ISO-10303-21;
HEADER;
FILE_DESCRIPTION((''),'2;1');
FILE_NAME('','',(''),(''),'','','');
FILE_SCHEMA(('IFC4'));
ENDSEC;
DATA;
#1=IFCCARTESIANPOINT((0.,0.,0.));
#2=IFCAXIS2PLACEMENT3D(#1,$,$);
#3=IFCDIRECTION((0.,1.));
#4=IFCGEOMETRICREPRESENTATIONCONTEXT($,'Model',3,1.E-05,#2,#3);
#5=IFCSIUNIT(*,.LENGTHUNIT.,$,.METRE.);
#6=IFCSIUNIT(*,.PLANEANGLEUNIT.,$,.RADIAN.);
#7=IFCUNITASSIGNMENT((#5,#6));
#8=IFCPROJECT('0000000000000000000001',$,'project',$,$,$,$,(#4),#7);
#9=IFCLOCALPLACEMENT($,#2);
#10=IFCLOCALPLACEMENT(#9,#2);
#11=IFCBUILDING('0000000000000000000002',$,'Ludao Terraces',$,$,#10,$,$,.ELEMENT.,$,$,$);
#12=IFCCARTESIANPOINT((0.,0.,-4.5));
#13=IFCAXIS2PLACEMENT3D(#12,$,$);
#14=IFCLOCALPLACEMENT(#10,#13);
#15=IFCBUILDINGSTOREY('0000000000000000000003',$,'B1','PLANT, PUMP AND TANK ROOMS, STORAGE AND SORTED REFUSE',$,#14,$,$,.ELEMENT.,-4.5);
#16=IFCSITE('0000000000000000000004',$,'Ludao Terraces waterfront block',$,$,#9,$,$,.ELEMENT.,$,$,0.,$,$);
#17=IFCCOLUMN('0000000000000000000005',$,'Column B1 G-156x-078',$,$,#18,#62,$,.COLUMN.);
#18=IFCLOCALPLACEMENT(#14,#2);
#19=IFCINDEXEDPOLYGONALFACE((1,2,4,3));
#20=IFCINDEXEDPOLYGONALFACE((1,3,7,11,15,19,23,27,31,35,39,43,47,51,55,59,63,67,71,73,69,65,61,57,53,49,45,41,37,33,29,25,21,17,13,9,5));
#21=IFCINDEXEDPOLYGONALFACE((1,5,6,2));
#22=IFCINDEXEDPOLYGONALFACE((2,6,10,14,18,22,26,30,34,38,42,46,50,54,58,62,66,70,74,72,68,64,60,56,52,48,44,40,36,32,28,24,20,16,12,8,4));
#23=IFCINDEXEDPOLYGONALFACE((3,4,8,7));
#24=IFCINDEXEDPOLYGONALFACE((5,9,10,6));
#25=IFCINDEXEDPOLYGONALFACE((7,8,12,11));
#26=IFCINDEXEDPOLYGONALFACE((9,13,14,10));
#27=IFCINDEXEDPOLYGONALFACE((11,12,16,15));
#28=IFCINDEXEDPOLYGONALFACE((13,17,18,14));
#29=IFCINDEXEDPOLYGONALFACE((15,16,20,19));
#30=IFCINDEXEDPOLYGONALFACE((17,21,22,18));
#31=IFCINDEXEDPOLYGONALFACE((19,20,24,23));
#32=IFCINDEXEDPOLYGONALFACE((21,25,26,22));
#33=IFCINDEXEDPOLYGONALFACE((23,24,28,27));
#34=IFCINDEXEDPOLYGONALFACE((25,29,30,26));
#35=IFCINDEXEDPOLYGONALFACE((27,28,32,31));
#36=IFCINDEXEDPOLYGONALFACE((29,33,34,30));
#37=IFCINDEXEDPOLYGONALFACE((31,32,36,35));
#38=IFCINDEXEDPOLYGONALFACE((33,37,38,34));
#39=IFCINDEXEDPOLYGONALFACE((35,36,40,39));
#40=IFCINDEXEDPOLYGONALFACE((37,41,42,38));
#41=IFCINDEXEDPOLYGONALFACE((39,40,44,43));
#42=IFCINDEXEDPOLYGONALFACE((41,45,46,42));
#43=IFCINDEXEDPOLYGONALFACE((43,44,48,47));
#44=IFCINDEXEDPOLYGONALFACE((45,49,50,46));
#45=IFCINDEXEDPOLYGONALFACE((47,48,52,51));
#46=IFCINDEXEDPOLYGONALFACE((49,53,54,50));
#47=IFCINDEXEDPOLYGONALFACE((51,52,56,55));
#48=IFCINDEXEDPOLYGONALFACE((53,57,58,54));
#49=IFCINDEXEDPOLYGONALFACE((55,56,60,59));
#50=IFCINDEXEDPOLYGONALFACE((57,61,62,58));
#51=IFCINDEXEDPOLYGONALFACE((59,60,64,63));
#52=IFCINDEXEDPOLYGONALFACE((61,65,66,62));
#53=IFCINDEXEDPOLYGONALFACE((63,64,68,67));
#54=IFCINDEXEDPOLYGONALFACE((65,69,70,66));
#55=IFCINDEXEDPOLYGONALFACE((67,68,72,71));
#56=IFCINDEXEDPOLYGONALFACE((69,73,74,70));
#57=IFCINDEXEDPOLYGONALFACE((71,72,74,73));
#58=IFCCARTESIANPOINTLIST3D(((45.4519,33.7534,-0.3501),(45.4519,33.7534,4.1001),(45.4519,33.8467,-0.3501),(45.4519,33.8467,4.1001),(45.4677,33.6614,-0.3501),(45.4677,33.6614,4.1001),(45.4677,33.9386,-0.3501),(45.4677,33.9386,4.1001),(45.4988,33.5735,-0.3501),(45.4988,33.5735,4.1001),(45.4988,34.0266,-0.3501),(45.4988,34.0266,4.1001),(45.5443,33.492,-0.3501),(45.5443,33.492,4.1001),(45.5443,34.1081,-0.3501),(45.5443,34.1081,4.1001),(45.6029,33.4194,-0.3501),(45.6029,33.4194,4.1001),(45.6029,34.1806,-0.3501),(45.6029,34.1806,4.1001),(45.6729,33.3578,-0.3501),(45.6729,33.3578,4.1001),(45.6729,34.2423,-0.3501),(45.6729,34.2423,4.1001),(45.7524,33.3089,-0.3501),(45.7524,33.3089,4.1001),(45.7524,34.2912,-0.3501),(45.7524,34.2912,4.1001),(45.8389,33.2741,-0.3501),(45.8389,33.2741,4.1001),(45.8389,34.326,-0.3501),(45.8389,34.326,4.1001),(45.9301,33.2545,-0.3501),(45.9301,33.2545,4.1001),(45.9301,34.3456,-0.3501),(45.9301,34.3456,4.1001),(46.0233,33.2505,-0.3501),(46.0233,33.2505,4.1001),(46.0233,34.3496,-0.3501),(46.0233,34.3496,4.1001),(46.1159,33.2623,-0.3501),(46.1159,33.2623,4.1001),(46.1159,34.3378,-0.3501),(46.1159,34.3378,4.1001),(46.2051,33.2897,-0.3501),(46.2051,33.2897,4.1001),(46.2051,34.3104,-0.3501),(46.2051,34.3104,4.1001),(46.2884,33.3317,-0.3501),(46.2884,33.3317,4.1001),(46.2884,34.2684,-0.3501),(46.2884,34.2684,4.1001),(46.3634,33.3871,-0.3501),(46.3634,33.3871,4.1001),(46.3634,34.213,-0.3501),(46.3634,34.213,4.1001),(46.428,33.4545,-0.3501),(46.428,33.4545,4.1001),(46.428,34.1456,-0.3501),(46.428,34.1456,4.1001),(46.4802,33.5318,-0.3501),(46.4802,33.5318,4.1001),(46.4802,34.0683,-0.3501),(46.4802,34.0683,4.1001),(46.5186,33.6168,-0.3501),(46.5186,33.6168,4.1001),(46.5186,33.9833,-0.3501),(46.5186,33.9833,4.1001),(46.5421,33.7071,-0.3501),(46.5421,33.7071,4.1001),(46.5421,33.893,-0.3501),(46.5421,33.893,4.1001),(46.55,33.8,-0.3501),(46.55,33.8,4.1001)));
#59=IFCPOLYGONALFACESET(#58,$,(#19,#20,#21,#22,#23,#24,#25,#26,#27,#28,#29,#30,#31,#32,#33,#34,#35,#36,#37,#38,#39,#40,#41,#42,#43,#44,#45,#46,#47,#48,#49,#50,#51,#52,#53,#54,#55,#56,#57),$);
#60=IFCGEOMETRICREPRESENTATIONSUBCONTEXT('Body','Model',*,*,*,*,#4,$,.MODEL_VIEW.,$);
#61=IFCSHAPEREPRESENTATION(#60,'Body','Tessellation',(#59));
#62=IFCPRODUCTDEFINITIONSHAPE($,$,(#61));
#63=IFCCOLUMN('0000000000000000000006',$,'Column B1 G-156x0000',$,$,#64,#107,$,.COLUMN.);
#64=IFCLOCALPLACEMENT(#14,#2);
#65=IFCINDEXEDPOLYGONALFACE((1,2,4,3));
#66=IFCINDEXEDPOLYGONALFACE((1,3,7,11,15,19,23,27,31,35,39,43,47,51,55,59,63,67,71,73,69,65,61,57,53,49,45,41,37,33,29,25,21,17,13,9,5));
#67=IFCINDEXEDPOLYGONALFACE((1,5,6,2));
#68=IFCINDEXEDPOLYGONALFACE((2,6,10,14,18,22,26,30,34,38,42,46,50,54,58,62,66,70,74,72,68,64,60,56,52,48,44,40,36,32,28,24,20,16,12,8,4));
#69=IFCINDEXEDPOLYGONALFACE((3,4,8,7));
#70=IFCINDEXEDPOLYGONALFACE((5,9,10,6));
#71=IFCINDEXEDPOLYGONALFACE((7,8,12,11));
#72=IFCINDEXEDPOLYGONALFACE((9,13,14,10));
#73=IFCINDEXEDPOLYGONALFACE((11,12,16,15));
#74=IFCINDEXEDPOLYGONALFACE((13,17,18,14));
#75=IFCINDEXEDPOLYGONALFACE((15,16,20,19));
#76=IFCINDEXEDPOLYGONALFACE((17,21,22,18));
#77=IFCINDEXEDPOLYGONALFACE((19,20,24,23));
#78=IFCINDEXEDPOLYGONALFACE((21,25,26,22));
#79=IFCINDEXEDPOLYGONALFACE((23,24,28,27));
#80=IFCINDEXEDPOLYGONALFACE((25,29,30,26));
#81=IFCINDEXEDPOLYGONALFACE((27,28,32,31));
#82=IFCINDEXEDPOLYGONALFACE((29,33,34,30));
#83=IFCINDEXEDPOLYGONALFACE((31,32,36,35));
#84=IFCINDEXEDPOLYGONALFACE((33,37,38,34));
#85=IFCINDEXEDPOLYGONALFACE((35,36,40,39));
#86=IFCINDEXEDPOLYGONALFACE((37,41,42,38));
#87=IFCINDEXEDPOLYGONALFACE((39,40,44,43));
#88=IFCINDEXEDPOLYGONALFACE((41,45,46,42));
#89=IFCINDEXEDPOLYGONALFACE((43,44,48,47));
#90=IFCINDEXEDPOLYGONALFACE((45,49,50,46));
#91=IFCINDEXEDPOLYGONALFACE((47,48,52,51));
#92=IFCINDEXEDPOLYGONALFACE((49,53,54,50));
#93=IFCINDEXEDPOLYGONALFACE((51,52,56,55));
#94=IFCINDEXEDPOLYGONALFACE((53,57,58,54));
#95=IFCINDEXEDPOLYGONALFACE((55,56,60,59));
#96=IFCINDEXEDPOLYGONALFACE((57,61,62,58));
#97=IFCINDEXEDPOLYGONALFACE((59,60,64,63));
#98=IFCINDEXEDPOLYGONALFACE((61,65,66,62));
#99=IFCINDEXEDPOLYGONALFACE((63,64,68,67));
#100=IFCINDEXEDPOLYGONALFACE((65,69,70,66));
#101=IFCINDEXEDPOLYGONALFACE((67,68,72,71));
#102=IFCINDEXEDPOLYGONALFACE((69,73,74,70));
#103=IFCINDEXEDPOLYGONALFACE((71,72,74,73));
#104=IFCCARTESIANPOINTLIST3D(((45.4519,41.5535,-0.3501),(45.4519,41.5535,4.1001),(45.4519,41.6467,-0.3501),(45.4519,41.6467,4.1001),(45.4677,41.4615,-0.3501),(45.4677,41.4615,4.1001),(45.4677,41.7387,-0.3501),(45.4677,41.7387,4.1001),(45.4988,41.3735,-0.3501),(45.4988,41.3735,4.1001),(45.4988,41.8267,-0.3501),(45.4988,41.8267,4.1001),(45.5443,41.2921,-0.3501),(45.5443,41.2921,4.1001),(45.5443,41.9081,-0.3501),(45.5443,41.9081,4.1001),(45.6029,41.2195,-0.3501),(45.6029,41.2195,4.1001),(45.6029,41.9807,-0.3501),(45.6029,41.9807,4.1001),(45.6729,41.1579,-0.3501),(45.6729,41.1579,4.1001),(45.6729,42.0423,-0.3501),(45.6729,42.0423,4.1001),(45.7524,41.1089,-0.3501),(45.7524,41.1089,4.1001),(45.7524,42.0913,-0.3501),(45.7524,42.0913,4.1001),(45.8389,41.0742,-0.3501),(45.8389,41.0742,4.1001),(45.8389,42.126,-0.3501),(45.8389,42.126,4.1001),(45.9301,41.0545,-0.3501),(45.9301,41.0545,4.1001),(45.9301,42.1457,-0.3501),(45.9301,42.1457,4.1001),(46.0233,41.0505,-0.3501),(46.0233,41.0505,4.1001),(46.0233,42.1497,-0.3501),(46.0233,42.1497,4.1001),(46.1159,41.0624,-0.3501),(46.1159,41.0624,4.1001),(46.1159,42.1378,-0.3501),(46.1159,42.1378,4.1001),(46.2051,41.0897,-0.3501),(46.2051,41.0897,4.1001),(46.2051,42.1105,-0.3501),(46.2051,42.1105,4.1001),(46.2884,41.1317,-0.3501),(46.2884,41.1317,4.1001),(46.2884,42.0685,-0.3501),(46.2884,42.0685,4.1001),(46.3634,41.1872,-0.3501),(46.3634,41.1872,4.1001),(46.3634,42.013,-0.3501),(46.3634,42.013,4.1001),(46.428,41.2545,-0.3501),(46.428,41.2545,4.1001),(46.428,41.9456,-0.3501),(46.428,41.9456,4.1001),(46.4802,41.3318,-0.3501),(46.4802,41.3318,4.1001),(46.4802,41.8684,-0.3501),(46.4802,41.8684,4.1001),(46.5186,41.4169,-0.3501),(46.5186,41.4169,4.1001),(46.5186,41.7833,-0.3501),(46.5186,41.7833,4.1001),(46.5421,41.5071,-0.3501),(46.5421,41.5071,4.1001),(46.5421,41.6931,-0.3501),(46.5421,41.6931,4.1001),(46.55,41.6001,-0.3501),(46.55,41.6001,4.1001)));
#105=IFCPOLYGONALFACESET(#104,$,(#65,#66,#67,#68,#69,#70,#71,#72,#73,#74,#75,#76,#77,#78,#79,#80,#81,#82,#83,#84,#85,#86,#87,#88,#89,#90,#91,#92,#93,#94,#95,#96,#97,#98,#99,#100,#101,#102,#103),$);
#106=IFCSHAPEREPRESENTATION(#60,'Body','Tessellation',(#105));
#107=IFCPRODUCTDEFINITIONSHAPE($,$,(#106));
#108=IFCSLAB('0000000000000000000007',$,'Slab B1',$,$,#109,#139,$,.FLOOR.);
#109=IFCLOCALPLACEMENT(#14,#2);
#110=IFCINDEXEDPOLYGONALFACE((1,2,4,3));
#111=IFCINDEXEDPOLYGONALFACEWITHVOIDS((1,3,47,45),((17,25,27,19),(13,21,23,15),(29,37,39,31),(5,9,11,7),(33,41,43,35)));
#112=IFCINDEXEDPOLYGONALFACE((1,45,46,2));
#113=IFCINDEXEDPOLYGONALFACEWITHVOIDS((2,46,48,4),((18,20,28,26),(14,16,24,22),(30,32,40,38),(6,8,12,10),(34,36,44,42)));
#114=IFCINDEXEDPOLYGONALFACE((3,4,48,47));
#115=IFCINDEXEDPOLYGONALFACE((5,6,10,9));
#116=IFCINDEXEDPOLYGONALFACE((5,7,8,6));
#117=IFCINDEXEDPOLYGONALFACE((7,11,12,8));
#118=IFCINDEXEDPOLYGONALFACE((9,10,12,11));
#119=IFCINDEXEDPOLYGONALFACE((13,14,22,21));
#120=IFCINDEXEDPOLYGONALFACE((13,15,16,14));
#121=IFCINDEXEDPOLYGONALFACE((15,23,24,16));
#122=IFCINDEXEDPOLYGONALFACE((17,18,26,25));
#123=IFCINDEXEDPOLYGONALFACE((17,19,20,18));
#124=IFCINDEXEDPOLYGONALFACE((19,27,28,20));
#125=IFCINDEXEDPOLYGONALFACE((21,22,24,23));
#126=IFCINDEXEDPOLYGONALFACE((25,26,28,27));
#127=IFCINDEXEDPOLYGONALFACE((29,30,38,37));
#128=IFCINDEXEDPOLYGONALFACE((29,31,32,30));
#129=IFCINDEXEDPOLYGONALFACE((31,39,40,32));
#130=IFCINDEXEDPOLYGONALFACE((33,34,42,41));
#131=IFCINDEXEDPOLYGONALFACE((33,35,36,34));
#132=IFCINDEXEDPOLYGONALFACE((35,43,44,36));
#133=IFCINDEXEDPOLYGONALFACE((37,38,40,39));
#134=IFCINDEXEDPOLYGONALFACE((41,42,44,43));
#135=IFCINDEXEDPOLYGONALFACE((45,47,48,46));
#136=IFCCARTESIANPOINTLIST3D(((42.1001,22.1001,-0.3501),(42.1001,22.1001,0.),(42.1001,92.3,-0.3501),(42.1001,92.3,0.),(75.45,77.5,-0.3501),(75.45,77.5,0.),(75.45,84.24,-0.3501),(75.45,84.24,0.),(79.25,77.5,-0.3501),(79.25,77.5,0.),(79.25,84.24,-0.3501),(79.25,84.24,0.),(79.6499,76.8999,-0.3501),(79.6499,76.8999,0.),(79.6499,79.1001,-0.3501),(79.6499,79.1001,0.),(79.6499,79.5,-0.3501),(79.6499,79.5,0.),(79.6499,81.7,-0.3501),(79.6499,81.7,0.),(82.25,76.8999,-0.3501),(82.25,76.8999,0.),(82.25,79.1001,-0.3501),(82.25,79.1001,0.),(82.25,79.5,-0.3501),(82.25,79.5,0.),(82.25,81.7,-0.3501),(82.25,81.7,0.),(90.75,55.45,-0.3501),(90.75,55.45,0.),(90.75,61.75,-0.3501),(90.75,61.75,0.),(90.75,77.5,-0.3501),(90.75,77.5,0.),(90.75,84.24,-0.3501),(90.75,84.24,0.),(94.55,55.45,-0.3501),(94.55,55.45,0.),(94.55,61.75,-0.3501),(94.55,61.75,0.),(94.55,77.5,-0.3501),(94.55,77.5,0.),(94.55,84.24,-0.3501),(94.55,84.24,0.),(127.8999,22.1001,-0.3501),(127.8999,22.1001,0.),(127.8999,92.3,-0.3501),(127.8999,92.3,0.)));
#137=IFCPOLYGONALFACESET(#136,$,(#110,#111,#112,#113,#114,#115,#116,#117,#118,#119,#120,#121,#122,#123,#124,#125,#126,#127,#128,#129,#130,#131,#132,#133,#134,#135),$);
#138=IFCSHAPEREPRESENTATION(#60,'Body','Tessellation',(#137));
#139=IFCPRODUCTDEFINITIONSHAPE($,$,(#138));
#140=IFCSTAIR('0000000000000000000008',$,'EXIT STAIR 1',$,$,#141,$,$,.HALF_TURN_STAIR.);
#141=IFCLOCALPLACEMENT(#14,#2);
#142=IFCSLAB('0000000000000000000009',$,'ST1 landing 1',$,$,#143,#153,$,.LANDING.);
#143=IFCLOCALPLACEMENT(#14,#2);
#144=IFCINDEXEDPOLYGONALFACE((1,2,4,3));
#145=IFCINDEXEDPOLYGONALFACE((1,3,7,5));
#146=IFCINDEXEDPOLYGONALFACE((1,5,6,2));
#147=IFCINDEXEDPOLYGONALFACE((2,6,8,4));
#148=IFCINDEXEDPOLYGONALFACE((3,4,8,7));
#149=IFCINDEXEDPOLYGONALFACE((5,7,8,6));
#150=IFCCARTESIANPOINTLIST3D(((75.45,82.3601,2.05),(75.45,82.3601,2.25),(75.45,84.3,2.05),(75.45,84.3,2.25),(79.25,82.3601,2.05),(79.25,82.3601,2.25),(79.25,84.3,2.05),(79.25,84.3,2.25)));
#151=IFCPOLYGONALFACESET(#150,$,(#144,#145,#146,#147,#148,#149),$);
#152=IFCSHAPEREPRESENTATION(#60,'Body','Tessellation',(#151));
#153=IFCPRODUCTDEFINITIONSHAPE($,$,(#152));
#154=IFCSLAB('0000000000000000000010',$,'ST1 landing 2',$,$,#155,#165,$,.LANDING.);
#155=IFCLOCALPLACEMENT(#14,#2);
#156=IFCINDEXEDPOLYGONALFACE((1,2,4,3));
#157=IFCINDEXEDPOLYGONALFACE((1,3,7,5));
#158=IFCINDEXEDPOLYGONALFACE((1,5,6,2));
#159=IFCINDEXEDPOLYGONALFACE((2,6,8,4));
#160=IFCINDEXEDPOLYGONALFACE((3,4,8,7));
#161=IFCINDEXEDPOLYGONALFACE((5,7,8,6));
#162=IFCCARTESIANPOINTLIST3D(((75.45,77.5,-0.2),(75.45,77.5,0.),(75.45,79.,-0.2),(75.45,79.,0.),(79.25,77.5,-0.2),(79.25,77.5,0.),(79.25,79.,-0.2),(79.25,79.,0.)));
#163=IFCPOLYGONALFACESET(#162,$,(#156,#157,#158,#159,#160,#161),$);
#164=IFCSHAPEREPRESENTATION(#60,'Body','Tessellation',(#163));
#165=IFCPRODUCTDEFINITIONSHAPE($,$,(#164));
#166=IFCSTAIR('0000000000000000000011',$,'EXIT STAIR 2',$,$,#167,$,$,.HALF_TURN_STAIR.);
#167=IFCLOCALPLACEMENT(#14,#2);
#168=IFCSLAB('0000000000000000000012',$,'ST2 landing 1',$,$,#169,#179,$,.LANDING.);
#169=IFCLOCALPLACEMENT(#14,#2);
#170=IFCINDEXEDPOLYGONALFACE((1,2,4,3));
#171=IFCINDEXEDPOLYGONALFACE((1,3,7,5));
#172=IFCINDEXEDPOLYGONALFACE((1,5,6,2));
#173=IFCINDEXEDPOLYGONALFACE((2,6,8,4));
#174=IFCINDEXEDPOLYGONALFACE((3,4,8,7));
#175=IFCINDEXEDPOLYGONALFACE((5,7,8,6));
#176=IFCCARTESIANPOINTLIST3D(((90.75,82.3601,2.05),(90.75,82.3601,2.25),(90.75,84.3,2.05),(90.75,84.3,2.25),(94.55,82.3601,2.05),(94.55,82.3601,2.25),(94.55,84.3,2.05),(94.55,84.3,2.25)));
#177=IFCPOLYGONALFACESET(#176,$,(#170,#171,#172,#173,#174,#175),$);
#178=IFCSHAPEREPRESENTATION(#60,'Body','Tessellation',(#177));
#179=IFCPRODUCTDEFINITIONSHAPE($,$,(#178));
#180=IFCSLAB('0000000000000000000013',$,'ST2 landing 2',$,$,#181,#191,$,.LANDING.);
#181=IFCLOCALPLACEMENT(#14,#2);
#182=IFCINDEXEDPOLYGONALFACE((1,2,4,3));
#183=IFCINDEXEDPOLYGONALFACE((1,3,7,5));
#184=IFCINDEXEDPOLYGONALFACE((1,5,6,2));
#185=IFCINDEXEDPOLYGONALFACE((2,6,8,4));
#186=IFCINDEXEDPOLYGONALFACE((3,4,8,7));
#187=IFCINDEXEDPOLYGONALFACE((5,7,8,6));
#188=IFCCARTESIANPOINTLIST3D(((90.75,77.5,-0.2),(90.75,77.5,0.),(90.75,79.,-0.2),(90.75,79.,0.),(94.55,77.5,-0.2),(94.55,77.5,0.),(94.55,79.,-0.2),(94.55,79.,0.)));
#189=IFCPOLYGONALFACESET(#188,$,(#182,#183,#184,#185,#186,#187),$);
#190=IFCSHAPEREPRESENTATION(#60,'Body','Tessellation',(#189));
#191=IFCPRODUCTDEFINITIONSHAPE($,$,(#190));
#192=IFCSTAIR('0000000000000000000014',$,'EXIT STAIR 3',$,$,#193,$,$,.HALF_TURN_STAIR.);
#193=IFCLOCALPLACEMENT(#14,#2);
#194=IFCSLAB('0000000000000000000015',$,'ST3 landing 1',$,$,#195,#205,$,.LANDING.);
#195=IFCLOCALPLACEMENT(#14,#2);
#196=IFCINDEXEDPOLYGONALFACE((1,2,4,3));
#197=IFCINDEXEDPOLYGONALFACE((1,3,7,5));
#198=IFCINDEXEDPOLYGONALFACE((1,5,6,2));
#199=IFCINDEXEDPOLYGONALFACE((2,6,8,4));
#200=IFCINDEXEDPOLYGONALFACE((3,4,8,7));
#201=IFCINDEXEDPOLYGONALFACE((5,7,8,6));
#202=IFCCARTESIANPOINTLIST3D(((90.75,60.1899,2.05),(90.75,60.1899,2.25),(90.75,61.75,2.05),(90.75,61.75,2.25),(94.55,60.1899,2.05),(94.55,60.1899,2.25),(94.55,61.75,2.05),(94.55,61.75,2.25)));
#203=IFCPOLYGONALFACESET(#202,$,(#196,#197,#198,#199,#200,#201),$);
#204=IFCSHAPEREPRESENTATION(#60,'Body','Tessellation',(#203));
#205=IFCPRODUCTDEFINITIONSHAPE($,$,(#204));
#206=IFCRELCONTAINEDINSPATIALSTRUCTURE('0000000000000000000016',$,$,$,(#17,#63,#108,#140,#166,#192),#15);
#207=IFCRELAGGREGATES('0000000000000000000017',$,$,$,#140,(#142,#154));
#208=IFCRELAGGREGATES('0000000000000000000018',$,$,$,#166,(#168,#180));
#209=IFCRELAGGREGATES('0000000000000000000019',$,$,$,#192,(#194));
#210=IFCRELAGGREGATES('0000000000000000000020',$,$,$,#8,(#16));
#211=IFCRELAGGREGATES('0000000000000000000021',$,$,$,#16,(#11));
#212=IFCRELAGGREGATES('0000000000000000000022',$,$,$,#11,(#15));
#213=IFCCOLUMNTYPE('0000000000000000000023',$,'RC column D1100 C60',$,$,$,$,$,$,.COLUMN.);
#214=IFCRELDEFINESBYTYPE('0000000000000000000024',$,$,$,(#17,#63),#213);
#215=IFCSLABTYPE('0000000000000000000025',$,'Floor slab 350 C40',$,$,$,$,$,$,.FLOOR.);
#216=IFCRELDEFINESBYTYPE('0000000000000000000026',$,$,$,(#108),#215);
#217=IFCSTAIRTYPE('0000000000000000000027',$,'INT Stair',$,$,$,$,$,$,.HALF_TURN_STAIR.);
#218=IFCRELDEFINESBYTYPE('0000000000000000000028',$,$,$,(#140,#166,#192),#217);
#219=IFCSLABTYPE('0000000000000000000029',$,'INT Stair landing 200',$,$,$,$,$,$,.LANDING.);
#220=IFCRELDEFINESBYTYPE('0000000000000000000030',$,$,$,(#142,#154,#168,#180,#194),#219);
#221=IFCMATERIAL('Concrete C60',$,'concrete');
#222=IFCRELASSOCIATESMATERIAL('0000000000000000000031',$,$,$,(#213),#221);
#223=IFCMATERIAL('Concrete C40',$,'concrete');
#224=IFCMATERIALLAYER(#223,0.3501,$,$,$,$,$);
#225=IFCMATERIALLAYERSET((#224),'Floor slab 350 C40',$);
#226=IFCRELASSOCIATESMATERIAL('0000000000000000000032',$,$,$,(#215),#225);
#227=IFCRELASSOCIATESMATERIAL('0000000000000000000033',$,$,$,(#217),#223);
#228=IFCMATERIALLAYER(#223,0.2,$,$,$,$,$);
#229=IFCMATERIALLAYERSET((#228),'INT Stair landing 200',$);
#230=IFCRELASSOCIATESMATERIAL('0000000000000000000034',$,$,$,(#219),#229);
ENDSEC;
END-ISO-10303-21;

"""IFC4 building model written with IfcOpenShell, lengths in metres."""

from ifc_helpers import new_model, si_unit, direction, frame, origin, origin_2d, place, context, subcontext, project, spatial, polyline, circle, outline, extrude, material, layer, layer_set, material_profile, profile_set, type_object, element, aggregate, save


model = new_model("IFC4")

# Units and contexts
model_context = context("Model", 3, precision=1e-05, world=origin(), true_north=direction((0.0, 1.0)))
body_context = subcontext(model_context, "Body", "Model", "MODEL_VIEW")
ifc_project = project(units=[si_unit("LENGTHUNIT", "METRE"), si_unit("PLANEANGLEUNIT", "RADIAN")], contexts=[model_context])

# Site, building, storey
site_placement = place(None, origin())
site = spatial("IfcSite", under=ifc_project, at=site_placement, Name="Ludao Terraces waterfront block", CompositionType="ELEMENT", RefElevation=0.0)
building_placement = place(site_placement, origin())
building = spatial("IfcBuilding", under=site, at=building_placement, Name="Ludao Terraces", CompositionType="ELEMENT")
storey_placement = place(building_placement, frame((0.0, 0.0, -4.5)))
storey = spatial("IfcBuildingStorey", under=building, at=storey_placement, Name="B1", Description="PLANT, PUMP AND TANK ROOMS, STORAGE AND SORTED REFUSE", CompositionType="ELEMENT", Elevation=-4.5)

# Columns
ifc_material_1 = material(Name="Concrete C60", Category="concrete")
ifc_material_profile = material_profile(ifc_material_1, circle(Radius=0.55, at=origin_2d()), Name="D1100")
ifc_profile_set = profile_set([ifc_material_profile], Name="Concrete C60")
column_type = type_object("IfcColumnType", Name="RC column D1100 C60", PredefinedType="COLUMN", material=ifc_profile_set)
for number, where, z_axis, x_axis, name in (
    (1, (46.0, 33.8, -0.3501), (0.0, 0.0, 1.0), (1.0, 0.0, 0.0), "Column B1 G-156x-078"),
    (2, (46.0, 41.6001, -0.3501), (0.0, 0.0, 1.0), (1.0, 0.0, 0.0), "Column B1 G-156x0000"),
):
    element("IfcColumn", number, at=place(storey_placement, frame(where, z_axis=z_axis, x_axis=x_axis)), inside=storey, type_object=column_type, Name=name, PredefinedType="COLUMN", context=body_context, shape_type="SweptSolid", body=[
        extrude(circle(Radius=0.55, at=origin_2d()), origin(), (0.0, 0.0, 1.0), 4.4502),
    ])

# Slab
ifc_material_2 = material(Name="Concrete C40", Category="concrete")
ifc_layer_1 = layer(ifc_material_2, 0.3501)
ifc_layer_set_1 = layer_set([ifc_layer_1], Name="Floor slab 350 C40")
slab_type_1 = type_object("IfcSlabType", Name="Floor slab 350 C40", PredefinedType="FLOOR", material=ifc_layer_set_1)
slab_1_placement = place(storey_placement, frame((0.0, 0.0, -0.3501)))
element("IfcSlab", 3, at=slab_1_placement, inside=storey, type_object=slab_type_1, Name="Slab B1", PredefinedType="FLOOR", context=body_context, shape_type="SweptSolid", body=[
    extrude(outline(polyline([(42.1001, 22.1001), (127.8999, 22.1001), (127.8999, 92.3), (42.1001, 92.3), (42.1001, 22.1001)]), holes=[polyline([(79.6499, 76.8999), (82.25, 76.8999), (82.25, 79.1001), (79.6499, 79.1001), (79.6499, 76.8999)]), polyline([(79.6499, 79.5), (82.25, 79.5), (82.25, 81.7), (79.6499, 81.7), (79.6499, 79.5)]), polyline([(75.45, 77.5), (79.25, 77.5), (79.25, 84.24), (75.45, 84.24), (75.45, 77.5)]), polyline([(90.75, 77.5), (94.55, 77.5), (94.55, 84.24), (90.75, 84.24), (90.75, 77.5)]), polyline([(90.75, 55.45), (94.55, 55.45), (94.55, 61.75), (90.75, 61.75), (90.75, 55.45)])]), origin(), (0.0, 0.0, 1.0), 0.3501),
])

# Stairs, slabs
stair_type = type_object("IfcStairType", Name="INT Stair", PredefinedType="HALF_TURN_STAIR", material=ifc_material_2)
stair_1_placement = place(storey_placement, origin())
stair_1 = element("IfcStair", 4, at=stair_1_placement, inside=storey, type_object=stair_type, Name="EXIT STAIR 1", PredefinedType="HALF_TURN_STAIR")
ifc_layer_2 = layer(ifc_material_2, 0.2)
ifc_layer_set_2 = layer_set([ifc_layer_2], Name="INT Stair landing 200")
slab_type_2 = type_object("IfcSlabType", Name="INT Stair landing 200", PredefinedType="LANDING", material=ifc_layer_set_2)
slab_2_placement = place(storey_placement, frame((0.0, 0.0, 2.05)))
slab_2 = element("IfcSlab", 5, at=slab_2_placement, type_object=slab_type_2, Name="ST1 landing 1", PredefinedType="LANDING", context=body_context, shape_type="SweptSolid", body=[
    extrude(outline(polyline([(75.45, 82.3601), (79.25, 82.3601), (79.25, 84.3), (75.45, 84.3), (75.45, 82.3601)])), origin(), (0.0, 0.0, 1.0), 0.2),
])
slab_3_placement = place(storey_placement, frame((0.0, 0.0, -0.2)))
slab_3 = element("IfcSlab", 6, at=slab_3_placement, type_object=slab_type_2, Name="ST1 landing 2", PredefinedType="LANDING", context=body_context, shape_type="SweptSolid", body=[
    extrude(outline(polyline([(75.45, 77.5), (79.25, 77.5), (79.25, 79.0), (75.45, 79.0), (75.45, 77.5)])), origin(), (0.0, 0.0, 1.0), 0.2),
])
aggregate(stair_1, [slab_2, slab_3])
stair_2_placement = place(storey_placement, origin())
stair_2 = element("IfcStair", 7, at=stair_2_placement, inside=storey, type_object=stair_type, Name="EXIT STAIR 2", PredefinedType="HALF_TURN_STAIR")
slab_4_placement = place(storey_placement, frame((0.0, 0.0, 2.05)))
slab_4 = element("IfcSlab", 8, at=slab_4_placement, type_object=slab_type_2, Name="ST2 landing 1", PredefinedType="LANDING", context=body_context, shape_type="SweptSolid", body=[
    extrude(outline(polyline([(90.75, 82.3601), (94.55, 82.3601), (94.55, 84.3), (90.75, 84.3), (90.75, 82.3601)])), origin(), (0.0, 0.0, 1.0), 0.2),
])
slab_5_placement = place(storey_placement, frame((0.0, 0.0, -0.2)))
slab_5 = element("IfcSlab", 9, at=slab_5_placement, type_object=slab_type_2, Name="ST2 landing 2", PredefinedType="LANDING", context=body_context, shape_type="SweptSolid", body=[
    extrude(outline(polyline([(90.75, 77.5), (94.55, 77.5), (94.55, 79.0), (90.75, 79.0), (90.75, 77.5)])), origin(), (0.0, 0.0, 1.0), 0.2),
])
aggregate(stair_2, [slab_4, slab_5])
stair_3_placement = place(storey_placement, origin())
stair_3 = element("IfcStair", 10, at=stair_3_placement, inside=storey, type_object=stair_type, Name="EXIT STAIR 3", PredefinedType="HALF_TURN_STAIR")
slab_6_placement = place(storey_placement, frame((0.0, 0.0, 2.05)))
slab_6 = element("IfcSlab", 11, at=slab_6_placement, type_object=slab_type_2, Name="ST3 landing 1", PredefinedType="LANDING", context=body_context, shape_type="SweptSolid", body=[
    extrude(outline(polyline([(90.75, 60.1899), (94.55, 60.1899), (94.55, 61.75), (90.75, 61.75), (90.75, 60.1899)])), origin(), (0.0, 0.0, 1.0), 0.2),
])
aggregate(stair_3, [slab_6])

save(model, "model.ifc")
